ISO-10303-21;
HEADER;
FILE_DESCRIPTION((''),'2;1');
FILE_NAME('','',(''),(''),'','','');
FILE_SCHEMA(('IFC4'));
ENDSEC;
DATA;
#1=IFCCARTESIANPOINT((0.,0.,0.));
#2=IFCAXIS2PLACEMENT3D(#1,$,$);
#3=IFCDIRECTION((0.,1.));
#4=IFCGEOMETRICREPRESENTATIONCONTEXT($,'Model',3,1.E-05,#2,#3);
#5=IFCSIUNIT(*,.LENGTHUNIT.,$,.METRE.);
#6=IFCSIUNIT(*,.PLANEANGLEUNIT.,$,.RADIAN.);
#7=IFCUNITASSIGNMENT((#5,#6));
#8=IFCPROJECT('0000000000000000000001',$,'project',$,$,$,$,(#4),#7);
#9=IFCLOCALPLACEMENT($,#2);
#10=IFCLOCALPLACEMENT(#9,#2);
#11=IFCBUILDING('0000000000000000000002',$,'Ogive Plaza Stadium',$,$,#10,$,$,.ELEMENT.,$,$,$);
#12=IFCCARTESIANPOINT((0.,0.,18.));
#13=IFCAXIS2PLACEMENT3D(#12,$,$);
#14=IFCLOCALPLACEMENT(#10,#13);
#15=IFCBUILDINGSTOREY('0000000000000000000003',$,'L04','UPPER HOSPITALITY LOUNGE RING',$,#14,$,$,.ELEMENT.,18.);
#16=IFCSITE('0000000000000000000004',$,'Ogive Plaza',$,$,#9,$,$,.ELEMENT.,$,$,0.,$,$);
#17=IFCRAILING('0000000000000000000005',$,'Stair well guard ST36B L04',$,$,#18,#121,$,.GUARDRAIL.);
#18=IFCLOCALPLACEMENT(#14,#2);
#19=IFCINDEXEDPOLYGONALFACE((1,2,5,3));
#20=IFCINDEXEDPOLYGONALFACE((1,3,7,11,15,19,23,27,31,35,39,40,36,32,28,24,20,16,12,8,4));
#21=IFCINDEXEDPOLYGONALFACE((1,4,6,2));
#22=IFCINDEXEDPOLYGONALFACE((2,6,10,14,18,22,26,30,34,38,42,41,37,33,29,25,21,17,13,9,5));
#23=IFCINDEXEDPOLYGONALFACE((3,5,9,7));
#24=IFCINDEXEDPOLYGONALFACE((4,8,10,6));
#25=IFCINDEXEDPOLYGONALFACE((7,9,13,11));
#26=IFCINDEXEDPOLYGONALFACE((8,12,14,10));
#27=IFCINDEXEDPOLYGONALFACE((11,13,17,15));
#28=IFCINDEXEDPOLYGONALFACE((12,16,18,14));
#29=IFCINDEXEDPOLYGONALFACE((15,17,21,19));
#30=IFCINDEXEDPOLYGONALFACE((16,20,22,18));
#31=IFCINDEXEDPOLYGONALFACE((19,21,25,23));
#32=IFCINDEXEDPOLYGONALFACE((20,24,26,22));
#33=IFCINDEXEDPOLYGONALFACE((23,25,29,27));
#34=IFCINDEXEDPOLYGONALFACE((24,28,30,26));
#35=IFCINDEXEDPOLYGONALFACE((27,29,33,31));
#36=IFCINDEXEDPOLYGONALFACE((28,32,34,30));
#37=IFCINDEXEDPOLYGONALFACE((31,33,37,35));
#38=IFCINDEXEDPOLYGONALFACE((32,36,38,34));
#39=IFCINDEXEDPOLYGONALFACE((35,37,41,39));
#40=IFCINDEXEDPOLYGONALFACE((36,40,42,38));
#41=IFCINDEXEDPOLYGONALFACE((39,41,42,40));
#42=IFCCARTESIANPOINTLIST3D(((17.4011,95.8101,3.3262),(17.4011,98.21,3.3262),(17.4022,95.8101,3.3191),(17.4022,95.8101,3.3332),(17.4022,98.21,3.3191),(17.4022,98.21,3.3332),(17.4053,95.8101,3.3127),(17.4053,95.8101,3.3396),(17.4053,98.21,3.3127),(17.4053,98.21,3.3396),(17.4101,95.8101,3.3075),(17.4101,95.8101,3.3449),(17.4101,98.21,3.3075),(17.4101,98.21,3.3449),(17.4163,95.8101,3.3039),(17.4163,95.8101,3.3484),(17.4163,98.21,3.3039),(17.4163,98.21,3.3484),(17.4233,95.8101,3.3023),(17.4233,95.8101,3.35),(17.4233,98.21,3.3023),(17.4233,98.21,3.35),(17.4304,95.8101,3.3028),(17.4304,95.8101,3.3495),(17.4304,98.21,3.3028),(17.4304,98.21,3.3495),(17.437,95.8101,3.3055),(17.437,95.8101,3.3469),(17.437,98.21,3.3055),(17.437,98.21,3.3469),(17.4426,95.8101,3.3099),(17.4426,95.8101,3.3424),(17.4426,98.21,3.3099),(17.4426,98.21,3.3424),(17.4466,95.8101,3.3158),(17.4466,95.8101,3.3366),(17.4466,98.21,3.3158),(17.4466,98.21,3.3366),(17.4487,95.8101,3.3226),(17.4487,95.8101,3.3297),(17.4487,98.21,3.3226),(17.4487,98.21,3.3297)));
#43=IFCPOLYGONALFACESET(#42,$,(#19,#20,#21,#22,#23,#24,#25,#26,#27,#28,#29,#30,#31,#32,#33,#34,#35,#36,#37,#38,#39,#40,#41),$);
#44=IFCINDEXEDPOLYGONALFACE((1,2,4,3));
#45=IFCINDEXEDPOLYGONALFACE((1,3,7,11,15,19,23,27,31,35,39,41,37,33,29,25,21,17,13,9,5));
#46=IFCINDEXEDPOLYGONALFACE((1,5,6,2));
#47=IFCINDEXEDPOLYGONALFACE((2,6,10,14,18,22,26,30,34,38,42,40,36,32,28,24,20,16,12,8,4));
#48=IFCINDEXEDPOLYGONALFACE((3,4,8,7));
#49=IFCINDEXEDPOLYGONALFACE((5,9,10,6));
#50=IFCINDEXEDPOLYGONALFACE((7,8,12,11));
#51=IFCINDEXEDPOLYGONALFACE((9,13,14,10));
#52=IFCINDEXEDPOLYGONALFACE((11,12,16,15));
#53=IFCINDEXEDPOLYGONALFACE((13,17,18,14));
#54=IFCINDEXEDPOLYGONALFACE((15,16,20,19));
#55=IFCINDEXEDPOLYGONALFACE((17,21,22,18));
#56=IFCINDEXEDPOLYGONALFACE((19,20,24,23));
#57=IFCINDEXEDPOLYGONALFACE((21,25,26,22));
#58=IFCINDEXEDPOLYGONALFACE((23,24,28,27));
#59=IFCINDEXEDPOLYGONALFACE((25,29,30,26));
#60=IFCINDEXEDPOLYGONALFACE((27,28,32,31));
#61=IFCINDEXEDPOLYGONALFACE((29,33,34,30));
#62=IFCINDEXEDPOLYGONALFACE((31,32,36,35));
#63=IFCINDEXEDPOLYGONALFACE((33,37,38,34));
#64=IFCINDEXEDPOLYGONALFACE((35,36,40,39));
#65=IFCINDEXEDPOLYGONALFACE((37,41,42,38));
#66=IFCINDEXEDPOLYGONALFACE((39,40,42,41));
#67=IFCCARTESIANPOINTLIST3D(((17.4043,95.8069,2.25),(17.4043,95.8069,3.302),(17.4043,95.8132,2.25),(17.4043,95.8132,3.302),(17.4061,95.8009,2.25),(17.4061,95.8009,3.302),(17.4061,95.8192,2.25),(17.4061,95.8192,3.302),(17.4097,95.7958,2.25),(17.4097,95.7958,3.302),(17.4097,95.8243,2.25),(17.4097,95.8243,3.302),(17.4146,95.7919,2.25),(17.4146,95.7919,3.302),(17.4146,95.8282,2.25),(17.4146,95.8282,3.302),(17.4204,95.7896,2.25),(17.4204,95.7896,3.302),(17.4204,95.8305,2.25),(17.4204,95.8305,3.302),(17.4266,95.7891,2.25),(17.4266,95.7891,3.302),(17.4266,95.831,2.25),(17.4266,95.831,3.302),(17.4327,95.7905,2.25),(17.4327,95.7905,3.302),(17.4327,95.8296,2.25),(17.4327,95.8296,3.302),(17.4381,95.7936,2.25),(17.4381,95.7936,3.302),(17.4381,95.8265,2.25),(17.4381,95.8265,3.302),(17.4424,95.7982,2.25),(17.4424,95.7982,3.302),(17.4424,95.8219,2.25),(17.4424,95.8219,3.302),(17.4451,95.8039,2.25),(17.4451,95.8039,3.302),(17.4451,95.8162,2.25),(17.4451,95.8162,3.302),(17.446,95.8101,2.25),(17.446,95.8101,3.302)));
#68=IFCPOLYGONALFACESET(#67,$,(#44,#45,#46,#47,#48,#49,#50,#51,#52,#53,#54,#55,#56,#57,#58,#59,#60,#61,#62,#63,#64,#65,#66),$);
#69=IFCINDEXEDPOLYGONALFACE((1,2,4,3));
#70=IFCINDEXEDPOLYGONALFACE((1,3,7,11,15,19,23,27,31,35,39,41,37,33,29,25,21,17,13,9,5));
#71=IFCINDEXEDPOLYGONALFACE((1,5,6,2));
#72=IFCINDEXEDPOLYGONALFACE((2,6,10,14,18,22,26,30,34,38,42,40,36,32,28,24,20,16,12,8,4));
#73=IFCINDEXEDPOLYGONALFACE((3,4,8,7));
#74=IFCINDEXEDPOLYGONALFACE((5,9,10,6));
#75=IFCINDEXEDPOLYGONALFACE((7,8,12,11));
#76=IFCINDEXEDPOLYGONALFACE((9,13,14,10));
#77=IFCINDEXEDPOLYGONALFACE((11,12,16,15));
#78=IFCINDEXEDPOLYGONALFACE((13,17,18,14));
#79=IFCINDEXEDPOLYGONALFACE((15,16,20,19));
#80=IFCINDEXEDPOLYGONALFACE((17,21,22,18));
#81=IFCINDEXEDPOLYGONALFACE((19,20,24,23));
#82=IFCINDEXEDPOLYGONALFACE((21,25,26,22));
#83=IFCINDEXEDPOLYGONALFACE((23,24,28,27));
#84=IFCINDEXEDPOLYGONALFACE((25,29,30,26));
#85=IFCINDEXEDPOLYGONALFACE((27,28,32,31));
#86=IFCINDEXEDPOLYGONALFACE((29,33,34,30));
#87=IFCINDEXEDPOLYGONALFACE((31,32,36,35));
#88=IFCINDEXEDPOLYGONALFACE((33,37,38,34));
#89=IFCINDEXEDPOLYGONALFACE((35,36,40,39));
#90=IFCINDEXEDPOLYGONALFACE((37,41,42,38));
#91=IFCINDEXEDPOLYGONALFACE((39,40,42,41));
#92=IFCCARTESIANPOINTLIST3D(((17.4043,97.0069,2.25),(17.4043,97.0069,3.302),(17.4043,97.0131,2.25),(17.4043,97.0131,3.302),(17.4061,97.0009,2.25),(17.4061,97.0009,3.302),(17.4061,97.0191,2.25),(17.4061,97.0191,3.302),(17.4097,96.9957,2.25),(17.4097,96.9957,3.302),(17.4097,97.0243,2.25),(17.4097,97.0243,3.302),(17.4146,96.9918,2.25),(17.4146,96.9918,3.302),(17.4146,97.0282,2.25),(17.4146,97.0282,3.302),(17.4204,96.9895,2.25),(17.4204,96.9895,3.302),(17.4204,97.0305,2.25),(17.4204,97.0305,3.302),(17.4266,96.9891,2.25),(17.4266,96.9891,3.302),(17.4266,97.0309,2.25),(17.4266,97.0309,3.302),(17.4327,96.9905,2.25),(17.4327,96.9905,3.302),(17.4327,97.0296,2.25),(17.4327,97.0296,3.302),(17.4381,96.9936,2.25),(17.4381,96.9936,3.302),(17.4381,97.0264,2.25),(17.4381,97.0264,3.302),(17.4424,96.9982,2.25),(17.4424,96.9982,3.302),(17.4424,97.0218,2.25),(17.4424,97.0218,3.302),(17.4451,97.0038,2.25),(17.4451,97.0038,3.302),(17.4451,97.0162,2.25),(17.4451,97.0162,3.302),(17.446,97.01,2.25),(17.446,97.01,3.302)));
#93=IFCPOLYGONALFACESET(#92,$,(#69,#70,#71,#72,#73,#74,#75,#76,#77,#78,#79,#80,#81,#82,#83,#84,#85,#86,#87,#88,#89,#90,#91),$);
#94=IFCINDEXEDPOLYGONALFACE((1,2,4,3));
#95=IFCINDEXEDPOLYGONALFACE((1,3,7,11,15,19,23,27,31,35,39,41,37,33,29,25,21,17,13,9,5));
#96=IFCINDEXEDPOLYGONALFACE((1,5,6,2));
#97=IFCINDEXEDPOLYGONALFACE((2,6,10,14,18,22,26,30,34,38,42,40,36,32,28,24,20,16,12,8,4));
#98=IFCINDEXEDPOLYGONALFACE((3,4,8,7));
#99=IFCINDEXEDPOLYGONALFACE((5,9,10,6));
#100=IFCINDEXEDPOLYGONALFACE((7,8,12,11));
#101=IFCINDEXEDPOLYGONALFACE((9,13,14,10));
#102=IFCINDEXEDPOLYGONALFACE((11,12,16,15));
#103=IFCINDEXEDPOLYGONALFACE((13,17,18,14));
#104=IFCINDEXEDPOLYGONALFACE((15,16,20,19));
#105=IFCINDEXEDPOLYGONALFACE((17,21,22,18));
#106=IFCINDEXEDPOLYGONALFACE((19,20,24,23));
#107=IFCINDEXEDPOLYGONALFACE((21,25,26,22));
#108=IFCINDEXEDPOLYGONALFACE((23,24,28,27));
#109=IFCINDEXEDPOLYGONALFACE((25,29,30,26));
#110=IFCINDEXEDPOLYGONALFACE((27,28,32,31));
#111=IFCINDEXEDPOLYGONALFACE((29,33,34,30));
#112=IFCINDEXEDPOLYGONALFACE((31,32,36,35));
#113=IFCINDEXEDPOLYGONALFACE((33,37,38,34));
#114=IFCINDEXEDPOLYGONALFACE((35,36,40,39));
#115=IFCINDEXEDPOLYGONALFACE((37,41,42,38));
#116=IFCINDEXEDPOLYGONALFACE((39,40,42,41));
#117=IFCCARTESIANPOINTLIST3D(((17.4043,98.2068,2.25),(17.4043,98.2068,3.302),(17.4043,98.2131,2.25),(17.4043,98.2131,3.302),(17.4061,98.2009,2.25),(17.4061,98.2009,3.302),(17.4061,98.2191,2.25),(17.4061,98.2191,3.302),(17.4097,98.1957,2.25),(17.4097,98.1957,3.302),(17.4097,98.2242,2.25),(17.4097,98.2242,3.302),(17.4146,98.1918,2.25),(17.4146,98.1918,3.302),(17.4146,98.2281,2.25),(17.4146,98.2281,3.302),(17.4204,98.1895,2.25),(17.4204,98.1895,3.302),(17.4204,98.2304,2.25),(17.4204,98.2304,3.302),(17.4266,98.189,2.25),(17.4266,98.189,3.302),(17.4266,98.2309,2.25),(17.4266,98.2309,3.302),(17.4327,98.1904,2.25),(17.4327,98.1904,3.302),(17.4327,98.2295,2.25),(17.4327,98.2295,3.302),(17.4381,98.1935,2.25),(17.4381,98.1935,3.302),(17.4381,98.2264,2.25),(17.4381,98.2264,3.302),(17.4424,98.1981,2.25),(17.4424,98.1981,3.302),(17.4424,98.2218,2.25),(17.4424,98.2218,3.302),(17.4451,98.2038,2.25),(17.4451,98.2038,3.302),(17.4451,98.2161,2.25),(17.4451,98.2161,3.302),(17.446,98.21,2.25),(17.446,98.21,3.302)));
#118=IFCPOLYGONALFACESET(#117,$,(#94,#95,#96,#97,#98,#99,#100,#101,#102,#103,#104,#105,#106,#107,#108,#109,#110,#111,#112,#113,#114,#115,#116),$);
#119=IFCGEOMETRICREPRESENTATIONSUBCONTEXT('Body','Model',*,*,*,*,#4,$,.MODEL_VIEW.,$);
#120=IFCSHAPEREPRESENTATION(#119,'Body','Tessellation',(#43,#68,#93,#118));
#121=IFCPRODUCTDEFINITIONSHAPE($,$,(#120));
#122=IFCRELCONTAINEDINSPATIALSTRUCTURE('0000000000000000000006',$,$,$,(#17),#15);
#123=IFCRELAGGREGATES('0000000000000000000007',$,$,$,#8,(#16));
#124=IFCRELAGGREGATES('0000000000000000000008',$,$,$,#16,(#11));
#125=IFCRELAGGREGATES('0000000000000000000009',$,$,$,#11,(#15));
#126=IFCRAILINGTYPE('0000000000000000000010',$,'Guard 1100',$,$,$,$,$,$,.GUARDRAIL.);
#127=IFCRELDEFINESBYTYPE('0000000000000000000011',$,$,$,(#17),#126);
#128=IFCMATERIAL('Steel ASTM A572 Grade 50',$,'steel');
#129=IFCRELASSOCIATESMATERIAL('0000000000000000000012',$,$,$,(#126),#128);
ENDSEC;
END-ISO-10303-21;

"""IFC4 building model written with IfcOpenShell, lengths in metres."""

from ifc_helpers import new_model, si_unit, direction, frame, origin, origin_2d, place, context, subcontext, project, spatial, circle, extrude, material, type_object, element, save


model = new_model("IFC4")

# Units and contexts
model_context = context("Model", 3, precision=1e-05, world=origin(), true_north=direction((0.0, 1.0)))
body_context = subcontext(model_context, "Body", "Model", "MODEL_VIEW")
ifc_project = project(units=[si_unit("LENGTHUNIT", "METRE"), si_unit("PLANEANGLEUNIT", "RADIAN")], contexts=[model_context])

# Site, building, storey
site_placement = place(None, origin())
site = spatial("IfcSite", under=ifc_project, at=site_placement, Name="Ogive Plaza", CompositionType="ELEMENT", RefElevation=0.0)
building_placement = place(site_placement, origin())
building = spatial("IfcBuilding", under=site, at=building_placement, Name="Ogive Plaza Stadium", CompositionType="ELEMENT")
storey_placement = place(building_placement, frame((0.0, 0.0, 18.0)))
storey = spatial("IfcBuildingStorey", under=building, at=storey_placement, Name="L04", Description="UPPER HOSPITALITY LOUNGE RING", CompositionType="ELEMENT", Elevation=18.0)

# Railing
ifc_material_1 = material(Name="Steel ASTM A572 Grade 50", Category="steel")
railing_type_1 = type_object("IfcRailingType", Name="Guard 1100", PredefinedType="GUARDRAIL", material=ifc_material_1)
for number, where, name in (
    (1, (17.425, 95.8101, 2.25), "Stair well guard ST36B L04"),
):
    element("IfcRailing", number, at=place(storey_placement, frame(where)), inside=storey, type_object=railing_type_1, Name=name, PredefinedType="GUARDRAIL", context=body_context, shape_type="SweptSolid", body=[
        extrude(circle(Radius=0.0239, at=origin_2d()), frame((0.0, 0.0, 1.0762), z_axis=(0.0, 1.0, 0.0), x_axis=(-1.0, 0.0, 0.0)), (0.0, 0.0, 1.0), 2.3999),
        extrude(circle(Radius=0.021, at=origin_2d()), origin(), (0.0, 0.0, 1.0), 1.052),
        extrude(circle(Radius=0.021, at=origin_2d()), frame((0.0, 1.2, 0.0)), (0.0, 0.0, 1.0), 1.052),
        extrude(circle(Radius=0.021, at=origin_2d()), frame((0.0, 2.3999, 0.0)), (0.0, 0.0, 1.0), 1.052),
    ])

save(model, "model.ifc")
